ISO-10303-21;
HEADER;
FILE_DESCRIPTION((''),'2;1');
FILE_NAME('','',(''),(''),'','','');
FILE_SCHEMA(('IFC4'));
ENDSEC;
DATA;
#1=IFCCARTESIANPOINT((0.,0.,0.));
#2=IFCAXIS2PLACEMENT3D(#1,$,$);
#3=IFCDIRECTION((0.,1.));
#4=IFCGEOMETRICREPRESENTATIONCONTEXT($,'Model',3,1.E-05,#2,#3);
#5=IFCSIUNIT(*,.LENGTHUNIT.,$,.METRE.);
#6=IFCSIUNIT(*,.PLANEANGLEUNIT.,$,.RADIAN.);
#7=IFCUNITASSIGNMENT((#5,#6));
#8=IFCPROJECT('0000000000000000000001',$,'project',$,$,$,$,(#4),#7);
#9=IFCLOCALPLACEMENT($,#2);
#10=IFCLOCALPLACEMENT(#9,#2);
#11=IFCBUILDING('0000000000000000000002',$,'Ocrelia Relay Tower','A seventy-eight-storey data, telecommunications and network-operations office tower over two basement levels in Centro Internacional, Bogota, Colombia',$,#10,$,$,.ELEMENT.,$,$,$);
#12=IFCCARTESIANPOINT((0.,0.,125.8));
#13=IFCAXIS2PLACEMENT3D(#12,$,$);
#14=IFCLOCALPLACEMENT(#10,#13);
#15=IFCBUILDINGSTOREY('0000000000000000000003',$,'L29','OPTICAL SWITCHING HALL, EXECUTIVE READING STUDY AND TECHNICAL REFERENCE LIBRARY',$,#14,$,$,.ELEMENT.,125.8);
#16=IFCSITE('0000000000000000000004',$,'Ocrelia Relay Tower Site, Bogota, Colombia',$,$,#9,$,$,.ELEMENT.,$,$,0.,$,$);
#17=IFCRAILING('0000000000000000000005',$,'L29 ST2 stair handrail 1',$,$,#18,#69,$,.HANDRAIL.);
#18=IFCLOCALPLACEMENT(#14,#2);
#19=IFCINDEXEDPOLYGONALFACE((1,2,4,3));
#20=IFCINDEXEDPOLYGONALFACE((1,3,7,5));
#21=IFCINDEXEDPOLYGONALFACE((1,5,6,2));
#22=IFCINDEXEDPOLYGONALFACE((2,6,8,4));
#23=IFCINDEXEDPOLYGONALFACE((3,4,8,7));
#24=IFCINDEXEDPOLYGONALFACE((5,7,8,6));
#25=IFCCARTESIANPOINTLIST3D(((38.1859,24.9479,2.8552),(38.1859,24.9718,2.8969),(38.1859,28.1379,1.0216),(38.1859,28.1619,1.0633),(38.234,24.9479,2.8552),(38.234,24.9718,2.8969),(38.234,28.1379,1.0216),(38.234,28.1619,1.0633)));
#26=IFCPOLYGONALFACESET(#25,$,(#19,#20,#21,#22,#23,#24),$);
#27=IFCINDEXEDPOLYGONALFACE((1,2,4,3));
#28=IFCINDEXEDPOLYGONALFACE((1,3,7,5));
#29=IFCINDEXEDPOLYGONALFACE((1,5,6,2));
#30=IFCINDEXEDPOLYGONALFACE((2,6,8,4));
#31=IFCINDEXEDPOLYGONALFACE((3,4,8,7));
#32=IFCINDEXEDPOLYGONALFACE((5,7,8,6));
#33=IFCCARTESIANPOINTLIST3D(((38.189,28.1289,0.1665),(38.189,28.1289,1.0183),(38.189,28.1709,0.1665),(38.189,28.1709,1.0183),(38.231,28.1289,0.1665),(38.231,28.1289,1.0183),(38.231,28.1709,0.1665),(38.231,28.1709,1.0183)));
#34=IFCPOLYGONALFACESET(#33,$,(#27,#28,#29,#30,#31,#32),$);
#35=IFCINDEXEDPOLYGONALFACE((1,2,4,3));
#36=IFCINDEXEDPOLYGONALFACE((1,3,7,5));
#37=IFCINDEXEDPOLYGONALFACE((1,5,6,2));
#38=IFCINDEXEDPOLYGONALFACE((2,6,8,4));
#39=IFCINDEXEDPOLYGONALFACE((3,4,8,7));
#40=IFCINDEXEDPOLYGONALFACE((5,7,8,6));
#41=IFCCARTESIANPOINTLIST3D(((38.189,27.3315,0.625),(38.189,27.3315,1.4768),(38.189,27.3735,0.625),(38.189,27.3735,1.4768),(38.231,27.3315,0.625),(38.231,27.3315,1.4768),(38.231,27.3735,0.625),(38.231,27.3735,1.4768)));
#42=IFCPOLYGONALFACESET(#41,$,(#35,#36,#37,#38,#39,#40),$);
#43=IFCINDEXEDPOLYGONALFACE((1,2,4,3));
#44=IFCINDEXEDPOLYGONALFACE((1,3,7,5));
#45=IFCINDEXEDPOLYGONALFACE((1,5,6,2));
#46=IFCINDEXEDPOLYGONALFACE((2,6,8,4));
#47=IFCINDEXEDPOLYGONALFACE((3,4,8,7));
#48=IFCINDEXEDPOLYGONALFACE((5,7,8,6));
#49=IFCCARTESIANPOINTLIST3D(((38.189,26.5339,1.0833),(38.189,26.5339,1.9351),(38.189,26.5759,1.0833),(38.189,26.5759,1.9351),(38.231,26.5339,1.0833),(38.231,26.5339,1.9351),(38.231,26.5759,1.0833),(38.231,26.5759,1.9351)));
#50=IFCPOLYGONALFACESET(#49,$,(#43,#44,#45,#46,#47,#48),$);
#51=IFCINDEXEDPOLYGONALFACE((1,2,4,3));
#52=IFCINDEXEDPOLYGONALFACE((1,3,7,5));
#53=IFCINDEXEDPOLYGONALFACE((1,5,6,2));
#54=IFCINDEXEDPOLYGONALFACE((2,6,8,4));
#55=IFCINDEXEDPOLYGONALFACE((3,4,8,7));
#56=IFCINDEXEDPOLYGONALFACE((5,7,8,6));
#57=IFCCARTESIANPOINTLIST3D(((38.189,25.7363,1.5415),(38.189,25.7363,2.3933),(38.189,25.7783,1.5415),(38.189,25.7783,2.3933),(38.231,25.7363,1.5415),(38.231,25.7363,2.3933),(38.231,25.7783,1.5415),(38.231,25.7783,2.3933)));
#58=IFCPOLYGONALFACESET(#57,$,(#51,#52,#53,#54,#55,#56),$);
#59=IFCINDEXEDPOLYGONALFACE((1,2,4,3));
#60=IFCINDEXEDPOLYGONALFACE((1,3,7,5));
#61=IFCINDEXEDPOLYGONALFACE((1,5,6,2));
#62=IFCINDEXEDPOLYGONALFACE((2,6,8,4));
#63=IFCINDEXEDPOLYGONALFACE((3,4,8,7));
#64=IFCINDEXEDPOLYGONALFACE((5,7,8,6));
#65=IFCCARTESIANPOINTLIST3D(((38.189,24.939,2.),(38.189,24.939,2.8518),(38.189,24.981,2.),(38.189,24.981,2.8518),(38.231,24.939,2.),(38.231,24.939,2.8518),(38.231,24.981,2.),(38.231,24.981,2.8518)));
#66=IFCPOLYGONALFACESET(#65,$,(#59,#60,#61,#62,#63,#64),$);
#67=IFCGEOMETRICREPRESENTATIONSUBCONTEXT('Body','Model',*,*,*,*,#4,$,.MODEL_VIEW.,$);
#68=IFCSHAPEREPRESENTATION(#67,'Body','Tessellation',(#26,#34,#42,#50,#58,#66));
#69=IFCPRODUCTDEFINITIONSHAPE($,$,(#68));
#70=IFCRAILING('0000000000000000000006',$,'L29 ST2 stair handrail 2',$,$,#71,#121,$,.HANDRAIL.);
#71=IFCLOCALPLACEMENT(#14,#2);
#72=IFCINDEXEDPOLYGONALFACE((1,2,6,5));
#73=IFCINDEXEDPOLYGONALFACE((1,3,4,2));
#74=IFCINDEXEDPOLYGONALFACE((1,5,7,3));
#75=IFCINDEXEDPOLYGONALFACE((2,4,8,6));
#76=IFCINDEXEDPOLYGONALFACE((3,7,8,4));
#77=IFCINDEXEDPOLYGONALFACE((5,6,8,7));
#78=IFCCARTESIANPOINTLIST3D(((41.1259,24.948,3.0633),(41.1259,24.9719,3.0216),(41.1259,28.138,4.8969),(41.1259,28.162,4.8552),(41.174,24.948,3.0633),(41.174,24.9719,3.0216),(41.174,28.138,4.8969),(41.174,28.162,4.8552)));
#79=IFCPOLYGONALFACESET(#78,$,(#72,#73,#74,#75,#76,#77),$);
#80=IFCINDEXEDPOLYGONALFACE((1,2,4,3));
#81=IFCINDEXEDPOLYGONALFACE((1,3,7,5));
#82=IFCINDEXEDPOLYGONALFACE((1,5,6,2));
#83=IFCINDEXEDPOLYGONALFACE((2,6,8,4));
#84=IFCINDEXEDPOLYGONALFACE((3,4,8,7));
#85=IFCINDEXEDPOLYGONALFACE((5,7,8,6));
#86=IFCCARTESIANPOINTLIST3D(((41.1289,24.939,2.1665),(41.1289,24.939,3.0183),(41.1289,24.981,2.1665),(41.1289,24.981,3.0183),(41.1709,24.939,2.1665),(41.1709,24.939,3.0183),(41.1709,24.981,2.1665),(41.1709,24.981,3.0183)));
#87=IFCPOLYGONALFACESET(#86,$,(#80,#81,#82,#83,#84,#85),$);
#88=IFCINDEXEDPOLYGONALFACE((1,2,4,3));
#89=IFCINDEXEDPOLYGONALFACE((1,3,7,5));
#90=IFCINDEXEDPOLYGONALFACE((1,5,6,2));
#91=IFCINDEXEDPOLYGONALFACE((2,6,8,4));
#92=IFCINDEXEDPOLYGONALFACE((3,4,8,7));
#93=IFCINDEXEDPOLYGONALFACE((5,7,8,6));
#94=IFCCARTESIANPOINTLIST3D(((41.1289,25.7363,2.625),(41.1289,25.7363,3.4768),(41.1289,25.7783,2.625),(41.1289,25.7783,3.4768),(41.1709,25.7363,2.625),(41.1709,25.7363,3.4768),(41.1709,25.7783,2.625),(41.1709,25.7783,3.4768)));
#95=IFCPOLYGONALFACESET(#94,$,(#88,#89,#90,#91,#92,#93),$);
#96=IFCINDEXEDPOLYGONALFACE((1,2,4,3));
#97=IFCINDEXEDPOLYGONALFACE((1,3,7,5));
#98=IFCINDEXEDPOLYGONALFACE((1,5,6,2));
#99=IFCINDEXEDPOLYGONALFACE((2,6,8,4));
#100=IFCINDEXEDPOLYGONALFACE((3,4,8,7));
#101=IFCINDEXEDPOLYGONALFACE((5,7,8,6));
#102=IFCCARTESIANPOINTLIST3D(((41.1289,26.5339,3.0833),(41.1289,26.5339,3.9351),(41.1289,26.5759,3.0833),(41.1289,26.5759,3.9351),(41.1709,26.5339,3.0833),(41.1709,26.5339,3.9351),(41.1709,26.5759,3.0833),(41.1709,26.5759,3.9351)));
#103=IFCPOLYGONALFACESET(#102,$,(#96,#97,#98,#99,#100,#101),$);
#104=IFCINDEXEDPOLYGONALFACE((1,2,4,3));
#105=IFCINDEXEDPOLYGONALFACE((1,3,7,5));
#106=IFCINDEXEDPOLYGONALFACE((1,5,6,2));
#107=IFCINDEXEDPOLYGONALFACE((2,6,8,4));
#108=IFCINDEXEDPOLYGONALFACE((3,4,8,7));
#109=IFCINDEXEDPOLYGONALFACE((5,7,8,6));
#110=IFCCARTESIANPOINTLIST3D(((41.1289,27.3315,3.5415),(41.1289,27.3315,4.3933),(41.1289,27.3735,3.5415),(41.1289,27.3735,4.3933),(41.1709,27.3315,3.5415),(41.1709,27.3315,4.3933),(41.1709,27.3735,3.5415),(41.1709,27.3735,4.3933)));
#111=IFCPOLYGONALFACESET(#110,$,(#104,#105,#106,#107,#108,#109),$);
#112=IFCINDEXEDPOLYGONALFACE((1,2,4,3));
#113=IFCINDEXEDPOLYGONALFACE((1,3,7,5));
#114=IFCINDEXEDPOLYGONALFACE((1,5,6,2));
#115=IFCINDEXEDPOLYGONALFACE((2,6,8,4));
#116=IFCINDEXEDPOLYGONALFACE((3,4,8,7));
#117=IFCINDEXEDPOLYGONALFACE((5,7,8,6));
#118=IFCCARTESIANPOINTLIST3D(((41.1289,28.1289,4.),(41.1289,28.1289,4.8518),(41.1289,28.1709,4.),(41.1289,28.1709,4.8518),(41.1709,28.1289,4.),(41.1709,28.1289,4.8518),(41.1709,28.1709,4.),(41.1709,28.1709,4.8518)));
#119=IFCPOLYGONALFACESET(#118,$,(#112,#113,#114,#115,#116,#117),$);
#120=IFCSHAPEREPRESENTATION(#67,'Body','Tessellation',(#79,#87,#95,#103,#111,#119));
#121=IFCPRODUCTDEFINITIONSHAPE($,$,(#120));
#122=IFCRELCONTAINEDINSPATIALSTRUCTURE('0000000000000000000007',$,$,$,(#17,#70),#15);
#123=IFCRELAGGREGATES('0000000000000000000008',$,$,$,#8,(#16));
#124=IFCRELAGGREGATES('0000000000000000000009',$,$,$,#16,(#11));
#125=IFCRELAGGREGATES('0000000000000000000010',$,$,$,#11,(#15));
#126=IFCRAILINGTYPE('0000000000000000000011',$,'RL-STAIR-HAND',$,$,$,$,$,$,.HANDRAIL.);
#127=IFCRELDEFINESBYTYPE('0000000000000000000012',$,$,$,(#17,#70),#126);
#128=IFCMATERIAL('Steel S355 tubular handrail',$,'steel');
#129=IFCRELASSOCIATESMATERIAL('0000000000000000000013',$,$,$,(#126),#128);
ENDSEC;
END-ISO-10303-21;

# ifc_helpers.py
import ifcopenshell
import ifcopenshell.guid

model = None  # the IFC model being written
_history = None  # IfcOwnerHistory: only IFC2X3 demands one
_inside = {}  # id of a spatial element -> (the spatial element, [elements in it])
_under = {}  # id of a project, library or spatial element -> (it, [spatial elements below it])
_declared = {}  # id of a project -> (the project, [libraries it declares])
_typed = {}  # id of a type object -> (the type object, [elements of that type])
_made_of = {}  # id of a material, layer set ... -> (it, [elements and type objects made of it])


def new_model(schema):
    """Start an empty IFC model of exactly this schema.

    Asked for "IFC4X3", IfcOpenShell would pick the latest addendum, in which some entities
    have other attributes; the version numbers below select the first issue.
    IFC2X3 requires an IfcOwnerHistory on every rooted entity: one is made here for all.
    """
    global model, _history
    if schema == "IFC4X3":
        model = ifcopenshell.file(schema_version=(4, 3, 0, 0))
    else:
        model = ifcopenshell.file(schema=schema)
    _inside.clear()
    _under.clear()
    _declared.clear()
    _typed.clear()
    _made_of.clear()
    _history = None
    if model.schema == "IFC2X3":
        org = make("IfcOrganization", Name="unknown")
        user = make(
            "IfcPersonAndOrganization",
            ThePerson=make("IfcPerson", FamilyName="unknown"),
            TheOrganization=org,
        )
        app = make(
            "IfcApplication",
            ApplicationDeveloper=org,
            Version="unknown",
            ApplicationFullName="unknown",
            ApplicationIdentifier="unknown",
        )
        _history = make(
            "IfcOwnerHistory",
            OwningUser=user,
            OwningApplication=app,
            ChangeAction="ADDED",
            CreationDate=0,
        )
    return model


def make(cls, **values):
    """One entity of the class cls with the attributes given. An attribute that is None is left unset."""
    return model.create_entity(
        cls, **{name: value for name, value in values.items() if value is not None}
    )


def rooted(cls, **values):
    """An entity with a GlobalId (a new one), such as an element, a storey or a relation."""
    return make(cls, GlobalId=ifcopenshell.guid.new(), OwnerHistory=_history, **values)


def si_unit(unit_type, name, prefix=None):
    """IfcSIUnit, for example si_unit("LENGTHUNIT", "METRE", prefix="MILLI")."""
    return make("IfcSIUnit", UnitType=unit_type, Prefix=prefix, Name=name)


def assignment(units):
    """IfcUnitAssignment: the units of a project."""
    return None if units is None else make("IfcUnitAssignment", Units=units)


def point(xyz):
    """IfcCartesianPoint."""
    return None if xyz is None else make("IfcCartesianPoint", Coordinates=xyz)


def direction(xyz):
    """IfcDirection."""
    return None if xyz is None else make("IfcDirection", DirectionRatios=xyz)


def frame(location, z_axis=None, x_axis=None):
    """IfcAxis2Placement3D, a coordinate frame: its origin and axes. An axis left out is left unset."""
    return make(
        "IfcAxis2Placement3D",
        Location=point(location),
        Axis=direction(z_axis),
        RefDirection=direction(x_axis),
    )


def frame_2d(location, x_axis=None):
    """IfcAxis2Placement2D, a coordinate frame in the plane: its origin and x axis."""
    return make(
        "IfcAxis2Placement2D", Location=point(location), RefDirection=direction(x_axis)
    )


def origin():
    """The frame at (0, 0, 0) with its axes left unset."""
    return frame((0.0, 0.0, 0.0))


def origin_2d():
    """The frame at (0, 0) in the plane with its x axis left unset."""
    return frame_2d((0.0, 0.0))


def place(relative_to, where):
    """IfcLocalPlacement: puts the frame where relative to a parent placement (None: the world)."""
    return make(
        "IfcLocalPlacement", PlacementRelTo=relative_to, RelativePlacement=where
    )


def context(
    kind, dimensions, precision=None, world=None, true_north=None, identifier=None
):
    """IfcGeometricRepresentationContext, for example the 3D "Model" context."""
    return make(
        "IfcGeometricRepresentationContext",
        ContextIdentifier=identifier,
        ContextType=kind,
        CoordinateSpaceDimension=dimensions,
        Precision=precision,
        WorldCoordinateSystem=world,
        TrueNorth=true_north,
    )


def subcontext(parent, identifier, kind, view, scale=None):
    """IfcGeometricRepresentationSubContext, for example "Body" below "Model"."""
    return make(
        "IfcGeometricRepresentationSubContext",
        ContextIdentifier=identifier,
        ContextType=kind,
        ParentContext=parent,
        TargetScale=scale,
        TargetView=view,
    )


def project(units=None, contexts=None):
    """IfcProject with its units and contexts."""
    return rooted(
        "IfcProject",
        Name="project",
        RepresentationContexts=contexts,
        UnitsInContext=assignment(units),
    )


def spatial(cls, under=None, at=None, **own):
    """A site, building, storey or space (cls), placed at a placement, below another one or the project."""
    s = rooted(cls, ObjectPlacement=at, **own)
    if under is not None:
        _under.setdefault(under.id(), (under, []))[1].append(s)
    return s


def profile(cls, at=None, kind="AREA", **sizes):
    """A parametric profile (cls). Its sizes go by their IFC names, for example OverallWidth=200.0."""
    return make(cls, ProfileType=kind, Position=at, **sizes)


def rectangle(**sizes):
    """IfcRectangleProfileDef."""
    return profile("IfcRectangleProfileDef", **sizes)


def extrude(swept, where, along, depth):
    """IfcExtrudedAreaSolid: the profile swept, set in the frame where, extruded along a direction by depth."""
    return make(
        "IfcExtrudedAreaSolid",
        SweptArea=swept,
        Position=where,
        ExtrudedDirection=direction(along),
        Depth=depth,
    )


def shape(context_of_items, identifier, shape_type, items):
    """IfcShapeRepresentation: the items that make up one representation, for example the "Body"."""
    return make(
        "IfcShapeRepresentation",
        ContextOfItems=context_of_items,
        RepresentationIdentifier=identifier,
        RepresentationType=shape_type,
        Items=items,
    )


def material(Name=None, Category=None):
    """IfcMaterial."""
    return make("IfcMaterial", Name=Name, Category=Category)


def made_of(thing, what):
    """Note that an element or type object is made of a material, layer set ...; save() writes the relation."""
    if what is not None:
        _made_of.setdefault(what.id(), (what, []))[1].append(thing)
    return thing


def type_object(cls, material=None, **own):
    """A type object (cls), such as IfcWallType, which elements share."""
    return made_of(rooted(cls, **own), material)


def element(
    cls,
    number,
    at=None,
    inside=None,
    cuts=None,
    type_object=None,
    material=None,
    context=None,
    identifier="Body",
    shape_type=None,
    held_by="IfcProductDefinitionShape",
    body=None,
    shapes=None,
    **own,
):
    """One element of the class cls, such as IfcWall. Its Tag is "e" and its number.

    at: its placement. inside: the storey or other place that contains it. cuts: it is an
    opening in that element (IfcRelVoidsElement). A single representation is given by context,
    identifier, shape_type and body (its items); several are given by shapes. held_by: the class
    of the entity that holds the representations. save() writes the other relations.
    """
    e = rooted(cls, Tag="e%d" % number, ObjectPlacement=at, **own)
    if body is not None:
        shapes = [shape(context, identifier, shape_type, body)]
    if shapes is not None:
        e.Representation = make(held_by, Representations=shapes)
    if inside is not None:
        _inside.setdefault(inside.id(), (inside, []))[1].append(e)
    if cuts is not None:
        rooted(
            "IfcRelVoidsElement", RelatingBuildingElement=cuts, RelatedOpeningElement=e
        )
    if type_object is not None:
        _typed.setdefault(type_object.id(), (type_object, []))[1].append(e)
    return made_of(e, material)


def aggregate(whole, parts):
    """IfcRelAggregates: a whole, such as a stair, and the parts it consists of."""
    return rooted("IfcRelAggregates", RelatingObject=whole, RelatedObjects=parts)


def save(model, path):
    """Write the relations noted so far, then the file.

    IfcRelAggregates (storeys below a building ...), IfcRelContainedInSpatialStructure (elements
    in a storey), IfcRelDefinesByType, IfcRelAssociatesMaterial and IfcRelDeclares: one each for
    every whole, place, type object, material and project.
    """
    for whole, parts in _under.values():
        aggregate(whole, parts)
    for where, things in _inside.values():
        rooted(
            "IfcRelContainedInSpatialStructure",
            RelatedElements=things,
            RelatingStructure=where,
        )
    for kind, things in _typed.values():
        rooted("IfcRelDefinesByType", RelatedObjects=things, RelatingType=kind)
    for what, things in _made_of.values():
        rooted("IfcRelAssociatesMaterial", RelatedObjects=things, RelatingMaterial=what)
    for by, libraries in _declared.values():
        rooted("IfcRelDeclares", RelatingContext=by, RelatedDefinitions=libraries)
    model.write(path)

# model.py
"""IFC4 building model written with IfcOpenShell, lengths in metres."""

from ifc_helpers import new_model, si_unit, direction, frame, origin, origin_2d, place, context, subcontext, project, spatial, rectangle, extrude, material, type_object, element, save


model = new_model("IFC4")

# Units and contexts
model_context = context("Model", 3, precision=1e-05, world=origin(), true_north=direction((0.0, 1.0)))
body_context = subcontext(model_context, "Body", "Model", "MODEL_VIEW")
ifc_project = project(units=[si_unit("LENGTHUNIT", "METRE"), si_unit("PLANEANGLEUNIT", "RADIAN")], contexts=[model_context])

# Site, building, storey
site_placement = place(None, origin())
site = spatial("IfcSite", under=ifc_project, at=site_placement, Name="Ocrelia Relay Tower Site, Bogota, Colombia", CompositionType="ELEMENT", RefElevation=0.0)
building_placement = place(site_placement, origin())
building = spatial("IfcBuilding", under=site, at=building_placement, Name="Ocrelia Relay Tower", Description="A seventy-eight-storey data, telecommunications and network-operations office tower over two basement levels in Centro Internacional, Bogota, Colombia", CompositionType="ELEMENT")
storey_placement = place(building_placement, frame((0.0, 0.0, 125.8)))
storey = spatial("IfcBuildingStorey", under=building, at=storey_placement, Name="L29", Description="OPTICAL SWITCHING HALL, EXECUTIVE READING STUDY AND TECHNICAL REFERENCE LIBRARY", CompositionType="ELEMENT", Elevation=125.8)

# Railings
ifc_material_1 = material(Name="Steel S355 tubular handrail", Category="steel")
railing_type_1 = type_object("IfcRailingType", Name="RL-STAIR-HAND", PredefinedType="HANDRAIL", material=ifc_material_1)
railing_1_placement = place(storey_placement, frame((38.21, 28.1499, 0.1665)))
element("IfcRailing", 1, at=railing_1_placement, inside=storey, type_object=railing_type_1, Name="L29 ST2 stair handrail 1", PredefinedType="HANDRAIL", context=body_context, shape_type="SweptSolid", body=[
    extrude(rectangle(XDim=0.0481, YDim=0.0481, at=origin_2d()), frame((0.0, 0.0, 0.876), z_axis=(0.0, -0.866991, 0.498324), x_axis=(1.0, 0.0, 0.0)), (0.0, 0.0, 1.0), 3.6794),
    extrude(rectangle(XDim=0.042, YDim=0.042, at=origin_2d()), origin(), (0.0, 0.0, 1.0), 0.8518),
    extrude(rectangle(XDim=0.042, YDim=0.042, at=origin_2d()), frame((0.0, -0.7974, 0.4585)), (0.0, 0.0, 1.0), 0.8518),
    extrude(rectangle(XDim=0.042, YDim=0.042, at=origin_2d()), frame((0.0, -1.595, 0.9167)), (0.0, 0.0, 1.0), 0.8518),
    extrude(rectangle(XDim=0.042, YDim=0.042, at=origin_2d()), frame((0.0, -2.3926, 1.375)), (0.0, 0.0, 1.0), 0.8518),
    extrude(rectangle(XDim=0.042, YDim=0.042, at=origin_2d()), frame((0.0, -3.1899, 1.8335)), (0.0, 0.0, 1.0), 0.8518),
])
railing_2_placement = place(storey_placement, frame((41.1499, 24.96, 2.1665)))
element("IfcRailing", 2, at=railing_2_placement, inside=storey, type_object=railing_type_1, Name="L29 ST2 stair handrail 2", PredefinedType="HANDRAIL", context=body_context, shape_type="SweptSolid", body=[
    extrude(rectangle(XDim=0.0481, YDim=0.0481, at=origin_2d()), frame((0.0, 0.0, 0.876), z_axis=(0.0, 0.866991, 0.498324), x_axis=(-1.0, 0.0, 0.0)), (0.0, 0.0, 1.0), 3.6794),
    extrude(rectangle(XDim=0.042, YDim=0.042, at=origin_2d()), origin(), (0.0, 0.0, 1.0), 0.8518),
    extrude(rectangle(XDim=0.042, YDim=0.042, at=origin_2d()), frame((0.0, 0.7974, 0.4585)), (0.0, 0.0, 1.0), 0.8518),
    extrude(rectangle(XDim=0.042, YDim=0.042, at=origin_2d()), frame((0.0, 1.595, 0.9167)), (0.0, 0.0, 1.0), 0.8518),
    extrude(rectangle(XDim=0.042, YDim=0.042, at=origin_2d()), frame((0.0, 2.3926, 1.375)), (0.0, 0.0, 1.0), 0.8518),
    extrude(rectangle(XDim=0.042, YDim=0.042, at=origin_2d()), frame((0.0, 3.1899, 1.8335)), (0.0, 0.0, 1.0), 0.8518),
])

save(model, "model.ifc")
